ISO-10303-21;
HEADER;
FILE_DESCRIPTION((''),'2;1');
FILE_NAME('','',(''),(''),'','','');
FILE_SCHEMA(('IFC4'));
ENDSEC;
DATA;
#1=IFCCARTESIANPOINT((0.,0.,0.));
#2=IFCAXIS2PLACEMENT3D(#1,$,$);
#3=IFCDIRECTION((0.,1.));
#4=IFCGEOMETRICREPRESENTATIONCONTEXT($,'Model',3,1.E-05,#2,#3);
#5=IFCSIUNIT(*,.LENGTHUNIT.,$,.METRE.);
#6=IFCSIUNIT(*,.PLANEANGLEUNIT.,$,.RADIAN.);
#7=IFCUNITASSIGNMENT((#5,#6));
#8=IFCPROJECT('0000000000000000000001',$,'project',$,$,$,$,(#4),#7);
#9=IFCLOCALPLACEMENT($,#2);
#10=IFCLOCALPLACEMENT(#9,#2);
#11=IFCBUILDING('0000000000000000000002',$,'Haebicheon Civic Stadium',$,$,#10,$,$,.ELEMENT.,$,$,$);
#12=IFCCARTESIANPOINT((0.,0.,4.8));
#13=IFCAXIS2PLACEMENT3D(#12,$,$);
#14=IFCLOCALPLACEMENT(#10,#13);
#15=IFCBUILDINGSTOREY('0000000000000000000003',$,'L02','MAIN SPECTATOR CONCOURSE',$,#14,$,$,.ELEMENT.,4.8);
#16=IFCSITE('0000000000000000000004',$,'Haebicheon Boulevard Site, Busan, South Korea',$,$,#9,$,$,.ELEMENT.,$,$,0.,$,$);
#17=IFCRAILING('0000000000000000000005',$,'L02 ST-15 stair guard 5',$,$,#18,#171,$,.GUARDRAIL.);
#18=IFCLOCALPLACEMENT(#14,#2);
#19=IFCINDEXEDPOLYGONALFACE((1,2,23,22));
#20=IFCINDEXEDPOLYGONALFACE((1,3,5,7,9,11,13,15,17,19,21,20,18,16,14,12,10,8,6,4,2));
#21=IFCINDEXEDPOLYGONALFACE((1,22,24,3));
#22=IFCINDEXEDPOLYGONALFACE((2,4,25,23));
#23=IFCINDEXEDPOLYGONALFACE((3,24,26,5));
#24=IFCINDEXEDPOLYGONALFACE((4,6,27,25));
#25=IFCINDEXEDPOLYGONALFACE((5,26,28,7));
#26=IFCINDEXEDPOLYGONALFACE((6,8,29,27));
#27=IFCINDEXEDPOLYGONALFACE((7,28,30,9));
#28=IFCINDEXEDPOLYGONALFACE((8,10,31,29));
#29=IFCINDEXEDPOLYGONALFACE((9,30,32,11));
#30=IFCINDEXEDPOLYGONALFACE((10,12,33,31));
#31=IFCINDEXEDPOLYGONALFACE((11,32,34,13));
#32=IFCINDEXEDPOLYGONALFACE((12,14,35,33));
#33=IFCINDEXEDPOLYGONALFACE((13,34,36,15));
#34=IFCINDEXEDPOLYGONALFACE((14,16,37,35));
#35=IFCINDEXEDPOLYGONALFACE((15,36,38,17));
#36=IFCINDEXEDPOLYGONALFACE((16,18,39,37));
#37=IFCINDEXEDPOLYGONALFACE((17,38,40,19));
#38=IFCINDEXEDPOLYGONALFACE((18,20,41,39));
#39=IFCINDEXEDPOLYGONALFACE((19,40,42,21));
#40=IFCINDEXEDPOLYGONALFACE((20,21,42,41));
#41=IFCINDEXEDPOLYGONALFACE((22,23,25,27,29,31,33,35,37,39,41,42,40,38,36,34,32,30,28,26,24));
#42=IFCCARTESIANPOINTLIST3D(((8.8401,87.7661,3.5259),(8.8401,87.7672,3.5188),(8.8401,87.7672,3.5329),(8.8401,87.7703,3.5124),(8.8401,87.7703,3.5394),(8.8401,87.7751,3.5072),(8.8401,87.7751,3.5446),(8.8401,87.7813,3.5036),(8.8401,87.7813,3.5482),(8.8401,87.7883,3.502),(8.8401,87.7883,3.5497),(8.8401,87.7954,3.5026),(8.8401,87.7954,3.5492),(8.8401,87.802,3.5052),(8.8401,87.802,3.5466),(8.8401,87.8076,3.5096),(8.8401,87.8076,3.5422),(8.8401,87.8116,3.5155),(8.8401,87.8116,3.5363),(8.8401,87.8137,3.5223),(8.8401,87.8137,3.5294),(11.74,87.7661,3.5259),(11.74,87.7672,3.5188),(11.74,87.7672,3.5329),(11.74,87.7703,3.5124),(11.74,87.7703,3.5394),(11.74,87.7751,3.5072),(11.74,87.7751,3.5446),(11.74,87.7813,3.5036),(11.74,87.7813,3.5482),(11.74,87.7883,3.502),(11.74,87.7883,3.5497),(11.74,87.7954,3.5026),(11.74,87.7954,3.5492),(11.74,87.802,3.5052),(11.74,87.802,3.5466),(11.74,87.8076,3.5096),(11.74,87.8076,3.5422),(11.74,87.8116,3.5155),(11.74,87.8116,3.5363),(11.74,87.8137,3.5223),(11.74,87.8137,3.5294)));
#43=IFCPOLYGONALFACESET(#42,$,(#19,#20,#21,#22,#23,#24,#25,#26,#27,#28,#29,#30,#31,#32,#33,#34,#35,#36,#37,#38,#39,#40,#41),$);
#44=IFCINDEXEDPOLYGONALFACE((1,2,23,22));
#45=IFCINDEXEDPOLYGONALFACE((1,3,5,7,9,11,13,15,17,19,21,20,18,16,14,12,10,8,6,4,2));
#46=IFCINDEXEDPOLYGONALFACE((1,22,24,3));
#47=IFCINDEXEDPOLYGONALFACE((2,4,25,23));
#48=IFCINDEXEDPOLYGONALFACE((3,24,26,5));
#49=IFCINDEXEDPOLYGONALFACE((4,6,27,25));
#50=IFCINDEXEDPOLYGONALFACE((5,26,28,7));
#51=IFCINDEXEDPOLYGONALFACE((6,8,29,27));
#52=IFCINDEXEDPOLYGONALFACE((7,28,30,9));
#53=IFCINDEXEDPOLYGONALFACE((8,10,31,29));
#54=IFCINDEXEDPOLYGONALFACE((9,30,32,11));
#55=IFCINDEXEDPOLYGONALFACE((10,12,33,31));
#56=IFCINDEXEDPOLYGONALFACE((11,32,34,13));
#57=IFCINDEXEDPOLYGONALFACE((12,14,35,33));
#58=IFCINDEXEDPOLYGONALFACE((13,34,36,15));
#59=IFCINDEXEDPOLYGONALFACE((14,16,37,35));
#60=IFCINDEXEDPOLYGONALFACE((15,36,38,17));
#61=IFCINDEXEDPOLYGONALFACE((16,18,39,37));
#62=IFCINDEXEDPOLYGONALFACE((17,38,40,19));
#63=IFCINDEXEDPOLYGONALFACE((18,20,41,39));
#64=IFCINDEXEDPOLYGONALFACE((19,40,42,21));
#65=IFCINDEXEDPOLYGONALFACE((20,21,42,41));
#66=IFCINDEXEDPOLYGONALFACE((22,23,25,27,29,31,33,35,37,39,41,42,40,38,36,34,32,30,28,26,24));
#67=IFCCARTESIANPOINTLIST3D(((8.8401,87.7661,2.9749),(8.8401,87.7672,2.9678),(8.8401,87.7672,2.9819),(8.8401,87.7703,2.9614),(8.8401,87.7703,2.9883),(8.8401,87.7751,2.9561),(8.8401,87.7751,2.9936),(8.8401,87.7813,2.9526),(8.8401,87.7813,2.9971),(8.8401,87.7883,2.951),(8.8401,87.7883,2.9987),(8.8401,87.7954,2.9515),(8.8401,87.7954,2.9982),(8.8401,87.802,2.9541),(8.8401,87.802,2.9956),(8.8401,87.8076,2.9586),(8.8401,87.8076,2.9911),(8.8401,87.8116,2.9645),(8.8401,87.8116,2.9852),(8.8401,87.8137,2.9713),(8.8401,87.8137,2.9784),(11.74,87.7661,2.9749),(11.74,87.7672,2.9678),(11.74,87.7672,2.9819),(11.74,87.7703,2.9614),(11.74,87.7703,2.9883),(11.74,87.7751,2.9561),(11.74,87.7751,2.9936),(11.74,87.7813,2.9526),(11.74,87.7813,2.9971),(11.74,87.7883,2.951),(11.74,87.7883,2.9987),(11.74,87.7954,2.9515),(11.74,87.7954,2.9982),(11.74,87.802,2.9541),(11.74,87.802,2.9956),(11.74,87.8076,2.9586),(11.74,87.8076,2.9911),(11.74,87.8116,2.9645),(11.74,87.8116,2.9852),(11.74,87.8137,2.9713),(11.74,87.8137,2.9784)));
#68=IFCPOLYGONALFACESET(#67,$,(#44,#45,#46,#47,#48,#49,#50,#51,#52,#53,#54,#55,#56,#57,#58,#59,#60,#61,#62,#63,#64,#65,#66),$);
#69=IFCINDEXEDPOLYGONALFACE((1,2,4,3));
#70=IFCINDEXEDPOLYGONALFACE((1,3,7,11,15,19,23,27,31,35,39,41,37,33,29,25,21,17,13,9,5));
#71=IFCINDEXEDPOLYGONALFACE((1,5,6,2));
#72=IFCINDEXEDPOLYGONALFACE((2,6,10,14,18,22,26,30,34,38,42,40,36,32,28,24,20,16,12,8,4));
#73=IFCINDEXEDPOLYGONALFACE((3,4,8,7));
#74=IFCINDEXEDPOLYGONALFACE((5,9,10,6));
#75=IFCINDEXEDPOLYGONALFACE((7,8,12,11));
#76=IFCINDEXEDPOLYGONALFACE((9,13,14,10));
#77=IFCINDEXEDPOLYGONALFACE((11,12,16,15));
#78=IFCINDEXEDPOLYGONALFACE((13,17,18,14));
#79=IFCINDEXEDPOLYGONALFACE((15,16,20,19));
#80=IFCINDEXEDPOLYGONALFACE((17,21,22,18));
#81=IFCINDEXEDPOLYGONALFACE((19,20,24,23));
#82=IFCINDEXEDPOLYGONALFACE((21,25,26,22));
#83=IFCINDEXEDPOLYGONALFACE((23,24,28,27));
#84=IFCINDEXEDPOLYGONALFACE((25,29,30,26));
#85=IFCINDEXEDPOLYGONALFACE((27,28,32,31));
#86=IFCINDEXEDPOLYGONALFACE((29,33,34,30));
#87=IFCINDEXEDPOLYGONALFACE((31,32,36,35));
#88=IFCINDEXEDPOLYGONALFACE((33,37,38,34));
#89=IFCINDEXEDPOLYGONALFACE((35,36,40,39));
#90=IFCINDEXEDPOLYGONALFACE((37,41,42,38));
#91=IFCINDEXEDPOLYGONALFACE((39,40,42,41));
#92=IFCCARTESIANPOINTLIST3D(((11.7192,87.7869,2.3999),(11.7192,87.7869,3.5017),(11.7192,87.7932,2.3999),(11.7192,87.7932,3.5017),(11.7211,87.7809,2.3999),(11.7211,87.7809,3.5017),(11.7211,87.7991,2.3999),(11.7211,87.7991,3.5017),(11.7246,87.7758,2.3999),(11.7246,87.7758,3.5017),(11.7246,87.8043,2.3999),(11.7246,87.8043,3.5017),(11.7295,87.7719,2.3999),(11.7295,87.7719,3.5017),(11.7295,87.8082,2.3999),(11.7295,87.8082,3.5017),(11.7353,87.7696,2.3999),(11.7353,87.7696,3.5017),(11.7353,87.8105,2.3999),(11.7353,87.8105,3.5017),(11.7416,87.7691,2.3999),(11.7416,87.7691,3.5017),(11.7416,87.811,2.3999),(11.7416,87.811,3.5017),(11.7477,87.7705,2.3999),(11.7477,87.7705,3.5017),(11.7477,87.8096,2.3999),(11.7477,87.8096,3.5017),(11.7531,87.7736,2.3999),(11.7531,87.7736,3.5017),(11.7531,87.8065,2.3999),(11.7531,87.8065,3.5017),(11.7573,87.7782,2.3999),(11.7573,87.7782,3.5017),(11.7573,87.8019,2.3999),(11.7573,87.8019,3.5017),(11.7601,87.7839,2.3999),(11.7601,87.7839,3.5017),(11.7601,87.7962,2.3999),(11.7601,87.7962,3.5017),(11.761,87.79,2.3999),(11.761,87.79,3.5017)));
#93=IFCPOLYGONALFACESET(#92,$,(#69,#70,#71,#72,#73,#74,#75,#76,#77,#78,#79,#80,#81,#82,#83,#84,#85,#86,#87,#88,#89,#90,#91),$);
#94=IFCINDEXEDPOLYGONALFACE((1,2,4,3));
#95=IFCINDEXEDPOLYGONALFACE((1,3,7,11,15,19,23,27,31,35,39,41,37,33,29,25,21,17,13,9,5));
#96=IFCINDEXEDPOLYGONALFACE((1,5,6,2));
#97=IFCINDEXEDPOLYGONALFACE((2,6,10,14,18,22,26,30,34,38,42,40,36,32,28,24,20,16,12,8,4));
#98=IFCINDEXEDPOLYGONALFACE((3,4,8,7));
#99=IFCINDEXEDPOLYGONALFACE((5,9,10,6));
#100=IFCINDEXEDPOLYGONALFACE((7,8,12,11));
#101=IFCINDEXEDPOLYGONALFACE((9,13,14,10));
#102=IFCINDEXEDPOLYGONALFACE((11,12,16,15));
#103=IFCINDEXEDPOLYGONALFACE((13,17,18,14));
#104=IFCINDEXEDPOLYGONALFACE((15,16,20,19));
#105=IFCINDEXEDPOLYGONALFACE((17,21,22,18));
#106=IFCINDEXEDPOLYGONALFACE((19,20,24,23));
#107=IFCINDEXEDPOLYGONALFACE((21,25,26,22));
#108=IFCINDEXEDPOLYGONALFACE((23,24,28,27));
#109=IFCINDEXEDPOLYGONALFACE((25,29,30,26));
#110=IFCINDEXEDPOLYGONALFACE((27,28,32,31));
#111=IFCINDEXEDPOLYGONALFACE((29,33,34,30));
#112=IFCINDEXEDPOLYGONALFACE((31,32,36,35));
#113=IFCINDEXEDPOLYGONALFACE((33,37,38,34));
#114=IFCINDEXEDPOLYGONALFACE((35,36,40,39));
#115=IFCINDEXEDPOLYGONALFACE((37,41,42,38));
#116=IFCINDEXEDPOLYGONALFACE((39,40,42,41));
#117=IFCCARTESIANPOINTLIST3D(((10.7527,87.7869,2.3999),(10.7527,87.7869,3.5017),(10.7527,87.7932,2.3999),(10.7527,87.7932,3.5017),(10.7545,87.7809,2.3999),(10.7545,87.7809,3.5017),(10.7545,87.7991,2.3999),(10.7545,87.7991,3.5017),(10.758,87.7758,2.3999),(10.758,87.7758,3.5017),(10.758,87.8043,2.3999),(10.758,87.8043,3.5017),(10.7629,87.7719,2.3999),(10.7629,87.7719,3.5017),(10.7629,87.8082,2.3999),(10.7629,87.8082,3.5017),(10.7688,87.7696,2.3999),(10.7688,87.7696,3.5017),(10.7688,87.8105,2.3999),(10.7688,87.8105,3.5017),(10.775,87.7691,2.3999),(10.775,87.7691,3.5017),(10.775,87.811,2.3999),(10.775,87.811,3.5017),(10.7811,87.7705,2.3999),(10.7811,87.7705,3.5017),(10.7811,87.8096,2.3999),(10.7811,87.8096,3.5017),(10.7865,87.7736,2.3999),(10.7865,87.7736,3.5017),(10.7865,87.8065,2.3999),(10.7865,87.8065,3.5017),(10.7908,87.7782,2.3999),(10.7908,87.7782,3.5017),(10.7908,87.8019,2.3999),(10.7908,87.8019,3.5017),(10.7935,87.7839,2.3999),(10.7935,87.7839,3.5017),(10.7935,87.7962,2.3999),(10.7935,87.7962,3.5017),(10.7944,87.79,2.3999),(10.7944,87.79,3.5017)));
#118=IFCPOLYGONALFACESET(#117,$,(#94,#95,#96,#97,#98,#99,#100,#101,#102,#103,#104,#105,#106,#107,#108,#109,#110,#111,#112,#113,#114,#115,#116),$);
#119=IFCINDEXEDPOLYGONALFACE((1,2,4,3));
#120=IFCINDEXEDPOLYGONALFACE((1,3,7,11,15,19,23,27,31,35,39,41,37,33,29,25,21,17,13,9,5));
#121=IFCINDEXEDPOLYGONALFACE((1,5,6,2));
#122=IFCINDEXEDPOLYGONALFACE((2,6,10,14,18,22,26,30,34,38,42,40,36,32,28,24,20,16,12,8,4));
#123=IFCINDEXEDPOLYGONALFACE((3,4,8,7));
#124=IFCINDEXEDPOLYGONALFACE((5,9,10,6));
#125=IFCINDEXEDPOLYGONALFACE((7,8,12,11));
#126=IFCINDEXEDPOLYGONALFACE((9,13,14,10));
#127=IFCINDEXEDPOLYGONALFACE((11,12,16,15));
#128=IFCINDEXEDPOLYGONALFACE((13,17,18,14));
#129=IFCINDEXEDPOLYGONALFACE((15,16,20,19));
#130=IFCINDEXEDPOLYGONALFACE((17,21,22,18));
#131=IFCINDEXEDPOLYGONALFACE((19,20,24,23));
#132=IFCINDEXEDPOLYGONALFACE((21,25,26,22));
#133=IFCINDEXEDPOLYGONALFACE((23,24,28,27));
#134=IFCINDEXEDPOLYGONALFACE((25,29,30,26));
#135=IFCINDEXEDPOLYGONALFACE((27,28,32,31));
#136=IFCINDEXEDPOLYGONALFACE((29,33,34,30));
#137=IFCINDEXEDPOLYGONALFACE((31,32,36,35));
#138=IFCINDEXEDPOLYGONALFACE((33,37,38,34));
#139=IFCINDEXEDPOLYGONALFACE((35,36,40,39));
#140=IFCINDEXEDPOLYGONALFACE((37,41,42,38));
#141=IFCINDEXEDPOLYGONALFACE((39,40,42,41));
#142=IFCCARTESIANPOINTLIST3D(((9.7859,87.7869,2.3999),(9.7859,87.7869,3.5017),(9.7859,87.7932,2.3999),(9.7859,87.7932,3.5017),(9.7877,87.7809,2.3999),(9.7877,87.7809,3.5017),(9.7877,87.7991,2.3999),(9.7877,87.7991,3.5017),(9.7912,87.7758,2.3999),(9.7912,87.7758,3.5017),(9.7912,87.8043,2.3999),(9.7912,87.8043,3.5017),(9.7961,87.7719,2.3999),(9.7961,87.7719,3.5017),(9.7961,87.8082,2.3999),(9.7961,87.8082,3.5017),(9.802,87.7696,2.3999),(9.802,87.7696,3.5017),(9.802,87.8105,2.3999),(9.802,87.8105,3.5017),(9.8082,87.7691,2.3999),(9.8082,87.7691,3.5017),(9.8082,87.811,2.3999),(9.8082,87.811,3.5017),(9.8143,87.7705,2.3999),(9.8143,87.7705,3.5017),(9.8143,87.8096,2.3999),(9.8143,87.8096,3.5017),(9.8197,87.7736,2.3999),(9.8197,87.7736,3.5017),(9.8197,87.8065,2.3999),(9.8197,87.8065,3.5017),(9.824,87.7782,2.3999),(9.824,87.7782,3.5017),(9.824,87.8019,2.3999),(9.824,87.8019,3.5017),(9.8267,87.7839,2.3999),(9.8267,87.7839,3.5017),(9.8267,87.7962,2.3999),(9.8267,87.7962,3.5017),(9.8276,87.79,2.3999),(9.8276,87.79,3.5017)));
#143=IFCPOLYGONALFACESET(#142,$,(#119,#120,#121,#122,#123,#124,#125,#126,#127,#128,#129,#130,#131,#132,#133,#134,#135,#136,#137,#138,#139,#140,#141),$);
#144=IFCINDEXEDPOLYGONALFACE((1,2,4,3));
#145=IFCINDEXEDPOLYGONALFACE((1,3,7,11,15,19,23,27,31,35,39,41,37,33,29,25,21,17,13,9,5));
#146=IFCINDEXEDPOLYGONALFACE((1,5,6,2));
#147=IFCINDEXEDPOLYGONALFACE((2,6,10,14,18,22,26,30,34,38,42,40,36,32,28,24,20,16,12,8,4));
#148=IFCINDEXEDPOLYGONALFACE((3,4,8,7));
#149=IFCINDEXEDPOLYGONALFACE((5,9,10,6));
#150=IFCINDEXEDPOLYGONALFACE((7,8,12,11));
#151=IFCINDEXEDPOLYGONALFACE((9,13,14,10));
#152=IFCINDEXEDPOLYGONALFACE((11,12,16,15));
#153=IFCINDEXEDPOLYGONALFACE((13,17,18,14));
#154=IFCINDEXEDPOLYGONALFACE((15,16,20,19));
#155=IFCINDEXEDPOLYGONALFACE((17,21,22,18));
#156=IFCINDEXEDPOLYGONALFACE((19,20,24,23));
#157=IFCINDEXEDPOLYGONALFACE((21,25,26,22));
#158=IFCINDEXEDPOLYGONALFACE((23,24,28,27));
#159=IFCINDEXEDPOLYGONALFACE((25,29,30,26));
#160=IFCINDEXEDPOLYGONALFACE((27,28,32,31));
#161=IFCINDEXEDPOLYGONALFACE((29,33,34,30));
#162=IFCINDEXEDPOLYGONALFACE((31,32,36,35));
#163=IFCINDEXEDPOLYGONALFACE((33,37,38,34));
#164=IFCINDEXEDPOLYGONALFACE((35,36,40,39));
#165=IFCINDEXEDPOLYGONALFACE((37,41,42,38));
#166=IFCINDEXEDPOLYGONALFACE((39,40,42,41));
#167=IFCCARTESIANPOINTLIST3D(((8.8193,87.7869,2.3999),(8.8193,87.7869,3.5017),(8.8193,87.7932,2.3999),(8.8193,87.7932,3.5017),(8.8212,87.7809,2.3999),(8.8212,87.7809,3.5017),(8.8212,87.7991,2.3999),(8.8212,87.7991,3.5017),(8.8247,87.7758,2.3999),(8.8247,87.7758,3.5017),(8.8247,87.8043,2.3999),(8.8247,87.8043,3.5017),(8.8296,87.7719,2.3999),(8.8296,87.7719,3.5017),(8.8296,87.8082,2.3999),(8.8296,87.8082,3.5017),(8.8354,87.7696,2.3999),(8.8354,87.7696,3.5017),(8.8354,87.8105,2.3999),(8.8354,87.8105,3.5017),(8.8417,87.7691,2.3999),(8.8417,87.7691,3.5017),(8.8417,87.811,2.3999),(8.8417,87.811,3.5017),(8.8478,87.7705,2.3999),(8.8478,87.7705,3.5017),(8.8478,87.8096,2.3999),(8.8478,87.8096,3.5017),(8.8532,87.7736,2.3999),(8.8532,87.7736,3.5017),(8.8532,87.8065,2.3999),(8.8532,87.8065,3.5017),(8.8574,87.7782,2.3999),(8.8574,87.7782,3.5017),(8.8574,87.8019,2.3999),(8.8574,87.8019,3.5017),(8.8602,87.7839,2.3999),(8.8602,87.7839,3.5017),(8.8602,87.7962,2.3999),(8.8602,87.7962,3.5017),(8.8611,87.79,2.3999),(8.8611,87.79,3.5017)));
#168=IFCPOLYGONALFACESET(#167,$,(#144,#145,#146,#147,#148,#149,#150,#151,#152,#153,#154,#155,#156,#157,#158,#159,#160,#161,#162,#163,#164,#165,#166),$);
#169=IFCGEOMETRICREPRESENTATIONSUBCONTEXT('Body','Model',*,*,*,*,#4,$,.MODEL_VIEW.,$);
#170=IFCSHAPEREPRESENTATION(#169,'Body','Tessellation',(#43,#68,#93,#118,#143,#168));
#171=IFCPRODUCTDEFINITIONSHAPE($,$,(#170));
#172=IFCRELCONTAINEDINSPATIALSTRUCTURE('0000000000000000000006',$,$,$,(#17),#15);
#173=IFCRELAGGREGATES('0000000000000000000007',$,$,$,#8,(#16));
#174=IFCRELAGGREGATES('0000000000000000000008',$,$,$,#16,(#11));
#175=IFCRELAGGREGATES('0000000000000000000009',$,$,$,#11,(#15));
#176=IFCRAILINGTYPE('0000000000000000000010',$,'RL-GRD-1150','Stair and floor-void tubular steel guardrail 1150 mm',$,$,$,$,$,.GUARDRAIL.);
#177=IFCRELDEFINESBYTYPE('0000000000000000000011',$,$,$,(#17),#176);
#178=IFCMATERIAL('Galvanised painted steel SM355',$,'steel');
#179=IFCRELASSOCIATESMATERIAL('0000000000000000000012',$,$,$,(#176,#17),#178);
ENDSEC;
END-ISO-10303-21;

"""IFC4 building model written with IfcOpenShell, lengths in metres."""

from ifc_helpers import new_model, si_unit, direction, frame, origin, origin_2d, place, context, subcontext, project, spatial, circle, extrude, material, type_object, element, save


model = new_model("IFC4")

# Units and contexts
model_context = context("Model", 3, precision=1e-05, world=origin(), true_north=direction((0.0, 1.0)))
body_context = subcontext(model_context, "Body", "Model", "MODEL_VIEW")
ifc_project = project(units=[si_unit("LENGTHUNIT", "METRE"), si_unit("PLANEANGLEUNIT", "RADIAN")], contexts=[model_context])

# Site, building, storey
site_placement = place(None, origin())
site = spatial("IfcSite", under=ifc_project, at=site_placement, Name="Haebicheon Boulevard Site, Busan, South Korea", CompositionType="ELEMENT", RefElevation=0.0)
building_placement = place(site_placement, origin())
building = spatial("IfcBuilding", under=site, at=building_placement, Name="Haebicheon Civic Stadium", CompositionType="ELEMENT")
storey_placement = place(building_placement, frame((0.0, 0.0, 4.8)))
storey = spatial("IfcBuildingStorey", under=building, at=storey_placement, Name="L02", Description="MAIN SPECTATOR CONCOURSE", CompositionType="ELEMENT", Elevation=4.8)

# Railing
ifc_material_1 = material(Name="Galvanised painted steel SM355", Category="steel")
railing_type_1 = type_object("IfcRailingType", Name="RL-GRD-1150", Description="Stair and floor-void tubular steel guardrail 1150 mm", PredefinedType="GUARDRAIL", material=ifc_material_1)
railing_1_placement = place(storey_placement, frame((11.74, 87.79, 2.3999)))
element("IfcRailing", 1, at=railing_1_placement, inside=storey, type_object=railing_type_1, material=ifc_material_1, Name="L02 ST-15 stair guard 5", PredefinedType="GUARDRAIL", context=body_context, shape_type="SweptSolid", body=[
    extrude(circle(Radius=0.0239, at=origin_2d()), frame((0.0, 0.0, 1.126), z_axis=(-1.0, 0.0, 0.0), x_axis=(0.0, -1.0, 0.0)), (0.0, 0.0, 1.0), 2.8999),
    extrude(circle(Radius=0.0239, at=origin_2d()), frame((0.0, 0.0, 0.575), z_axis=(-1.0, 0.0, 0.0), x_axis=(0.0, -1.0, 0.0)), (0.0, 0.0, 1.0), 2.8999),
    extrude(circle(Radius=0.021, at=origin_2d()), origin(), (0.0, 0.0, 1.0), 1.1018),
    extrude(circle(Radius=0.021, at=origin_2d()), frame((-0.9666, 0.0, 0.0)), (0.0, 0.0, 1.0), 1.1018),
    extrude(circle(Radius=0.021, at=origin_2d()), frame((-1.9333, 0.0, 0.0)), (0.0, 0.0, 1.0), 1.1018),
    extrude(circle(Radius=0.021, at=origin_2d()), frame((-2.8999, 0.0, 0.0)), (0.0, 0.0, 1.0), 1.1018),
])

save(model, "model.ifc")
